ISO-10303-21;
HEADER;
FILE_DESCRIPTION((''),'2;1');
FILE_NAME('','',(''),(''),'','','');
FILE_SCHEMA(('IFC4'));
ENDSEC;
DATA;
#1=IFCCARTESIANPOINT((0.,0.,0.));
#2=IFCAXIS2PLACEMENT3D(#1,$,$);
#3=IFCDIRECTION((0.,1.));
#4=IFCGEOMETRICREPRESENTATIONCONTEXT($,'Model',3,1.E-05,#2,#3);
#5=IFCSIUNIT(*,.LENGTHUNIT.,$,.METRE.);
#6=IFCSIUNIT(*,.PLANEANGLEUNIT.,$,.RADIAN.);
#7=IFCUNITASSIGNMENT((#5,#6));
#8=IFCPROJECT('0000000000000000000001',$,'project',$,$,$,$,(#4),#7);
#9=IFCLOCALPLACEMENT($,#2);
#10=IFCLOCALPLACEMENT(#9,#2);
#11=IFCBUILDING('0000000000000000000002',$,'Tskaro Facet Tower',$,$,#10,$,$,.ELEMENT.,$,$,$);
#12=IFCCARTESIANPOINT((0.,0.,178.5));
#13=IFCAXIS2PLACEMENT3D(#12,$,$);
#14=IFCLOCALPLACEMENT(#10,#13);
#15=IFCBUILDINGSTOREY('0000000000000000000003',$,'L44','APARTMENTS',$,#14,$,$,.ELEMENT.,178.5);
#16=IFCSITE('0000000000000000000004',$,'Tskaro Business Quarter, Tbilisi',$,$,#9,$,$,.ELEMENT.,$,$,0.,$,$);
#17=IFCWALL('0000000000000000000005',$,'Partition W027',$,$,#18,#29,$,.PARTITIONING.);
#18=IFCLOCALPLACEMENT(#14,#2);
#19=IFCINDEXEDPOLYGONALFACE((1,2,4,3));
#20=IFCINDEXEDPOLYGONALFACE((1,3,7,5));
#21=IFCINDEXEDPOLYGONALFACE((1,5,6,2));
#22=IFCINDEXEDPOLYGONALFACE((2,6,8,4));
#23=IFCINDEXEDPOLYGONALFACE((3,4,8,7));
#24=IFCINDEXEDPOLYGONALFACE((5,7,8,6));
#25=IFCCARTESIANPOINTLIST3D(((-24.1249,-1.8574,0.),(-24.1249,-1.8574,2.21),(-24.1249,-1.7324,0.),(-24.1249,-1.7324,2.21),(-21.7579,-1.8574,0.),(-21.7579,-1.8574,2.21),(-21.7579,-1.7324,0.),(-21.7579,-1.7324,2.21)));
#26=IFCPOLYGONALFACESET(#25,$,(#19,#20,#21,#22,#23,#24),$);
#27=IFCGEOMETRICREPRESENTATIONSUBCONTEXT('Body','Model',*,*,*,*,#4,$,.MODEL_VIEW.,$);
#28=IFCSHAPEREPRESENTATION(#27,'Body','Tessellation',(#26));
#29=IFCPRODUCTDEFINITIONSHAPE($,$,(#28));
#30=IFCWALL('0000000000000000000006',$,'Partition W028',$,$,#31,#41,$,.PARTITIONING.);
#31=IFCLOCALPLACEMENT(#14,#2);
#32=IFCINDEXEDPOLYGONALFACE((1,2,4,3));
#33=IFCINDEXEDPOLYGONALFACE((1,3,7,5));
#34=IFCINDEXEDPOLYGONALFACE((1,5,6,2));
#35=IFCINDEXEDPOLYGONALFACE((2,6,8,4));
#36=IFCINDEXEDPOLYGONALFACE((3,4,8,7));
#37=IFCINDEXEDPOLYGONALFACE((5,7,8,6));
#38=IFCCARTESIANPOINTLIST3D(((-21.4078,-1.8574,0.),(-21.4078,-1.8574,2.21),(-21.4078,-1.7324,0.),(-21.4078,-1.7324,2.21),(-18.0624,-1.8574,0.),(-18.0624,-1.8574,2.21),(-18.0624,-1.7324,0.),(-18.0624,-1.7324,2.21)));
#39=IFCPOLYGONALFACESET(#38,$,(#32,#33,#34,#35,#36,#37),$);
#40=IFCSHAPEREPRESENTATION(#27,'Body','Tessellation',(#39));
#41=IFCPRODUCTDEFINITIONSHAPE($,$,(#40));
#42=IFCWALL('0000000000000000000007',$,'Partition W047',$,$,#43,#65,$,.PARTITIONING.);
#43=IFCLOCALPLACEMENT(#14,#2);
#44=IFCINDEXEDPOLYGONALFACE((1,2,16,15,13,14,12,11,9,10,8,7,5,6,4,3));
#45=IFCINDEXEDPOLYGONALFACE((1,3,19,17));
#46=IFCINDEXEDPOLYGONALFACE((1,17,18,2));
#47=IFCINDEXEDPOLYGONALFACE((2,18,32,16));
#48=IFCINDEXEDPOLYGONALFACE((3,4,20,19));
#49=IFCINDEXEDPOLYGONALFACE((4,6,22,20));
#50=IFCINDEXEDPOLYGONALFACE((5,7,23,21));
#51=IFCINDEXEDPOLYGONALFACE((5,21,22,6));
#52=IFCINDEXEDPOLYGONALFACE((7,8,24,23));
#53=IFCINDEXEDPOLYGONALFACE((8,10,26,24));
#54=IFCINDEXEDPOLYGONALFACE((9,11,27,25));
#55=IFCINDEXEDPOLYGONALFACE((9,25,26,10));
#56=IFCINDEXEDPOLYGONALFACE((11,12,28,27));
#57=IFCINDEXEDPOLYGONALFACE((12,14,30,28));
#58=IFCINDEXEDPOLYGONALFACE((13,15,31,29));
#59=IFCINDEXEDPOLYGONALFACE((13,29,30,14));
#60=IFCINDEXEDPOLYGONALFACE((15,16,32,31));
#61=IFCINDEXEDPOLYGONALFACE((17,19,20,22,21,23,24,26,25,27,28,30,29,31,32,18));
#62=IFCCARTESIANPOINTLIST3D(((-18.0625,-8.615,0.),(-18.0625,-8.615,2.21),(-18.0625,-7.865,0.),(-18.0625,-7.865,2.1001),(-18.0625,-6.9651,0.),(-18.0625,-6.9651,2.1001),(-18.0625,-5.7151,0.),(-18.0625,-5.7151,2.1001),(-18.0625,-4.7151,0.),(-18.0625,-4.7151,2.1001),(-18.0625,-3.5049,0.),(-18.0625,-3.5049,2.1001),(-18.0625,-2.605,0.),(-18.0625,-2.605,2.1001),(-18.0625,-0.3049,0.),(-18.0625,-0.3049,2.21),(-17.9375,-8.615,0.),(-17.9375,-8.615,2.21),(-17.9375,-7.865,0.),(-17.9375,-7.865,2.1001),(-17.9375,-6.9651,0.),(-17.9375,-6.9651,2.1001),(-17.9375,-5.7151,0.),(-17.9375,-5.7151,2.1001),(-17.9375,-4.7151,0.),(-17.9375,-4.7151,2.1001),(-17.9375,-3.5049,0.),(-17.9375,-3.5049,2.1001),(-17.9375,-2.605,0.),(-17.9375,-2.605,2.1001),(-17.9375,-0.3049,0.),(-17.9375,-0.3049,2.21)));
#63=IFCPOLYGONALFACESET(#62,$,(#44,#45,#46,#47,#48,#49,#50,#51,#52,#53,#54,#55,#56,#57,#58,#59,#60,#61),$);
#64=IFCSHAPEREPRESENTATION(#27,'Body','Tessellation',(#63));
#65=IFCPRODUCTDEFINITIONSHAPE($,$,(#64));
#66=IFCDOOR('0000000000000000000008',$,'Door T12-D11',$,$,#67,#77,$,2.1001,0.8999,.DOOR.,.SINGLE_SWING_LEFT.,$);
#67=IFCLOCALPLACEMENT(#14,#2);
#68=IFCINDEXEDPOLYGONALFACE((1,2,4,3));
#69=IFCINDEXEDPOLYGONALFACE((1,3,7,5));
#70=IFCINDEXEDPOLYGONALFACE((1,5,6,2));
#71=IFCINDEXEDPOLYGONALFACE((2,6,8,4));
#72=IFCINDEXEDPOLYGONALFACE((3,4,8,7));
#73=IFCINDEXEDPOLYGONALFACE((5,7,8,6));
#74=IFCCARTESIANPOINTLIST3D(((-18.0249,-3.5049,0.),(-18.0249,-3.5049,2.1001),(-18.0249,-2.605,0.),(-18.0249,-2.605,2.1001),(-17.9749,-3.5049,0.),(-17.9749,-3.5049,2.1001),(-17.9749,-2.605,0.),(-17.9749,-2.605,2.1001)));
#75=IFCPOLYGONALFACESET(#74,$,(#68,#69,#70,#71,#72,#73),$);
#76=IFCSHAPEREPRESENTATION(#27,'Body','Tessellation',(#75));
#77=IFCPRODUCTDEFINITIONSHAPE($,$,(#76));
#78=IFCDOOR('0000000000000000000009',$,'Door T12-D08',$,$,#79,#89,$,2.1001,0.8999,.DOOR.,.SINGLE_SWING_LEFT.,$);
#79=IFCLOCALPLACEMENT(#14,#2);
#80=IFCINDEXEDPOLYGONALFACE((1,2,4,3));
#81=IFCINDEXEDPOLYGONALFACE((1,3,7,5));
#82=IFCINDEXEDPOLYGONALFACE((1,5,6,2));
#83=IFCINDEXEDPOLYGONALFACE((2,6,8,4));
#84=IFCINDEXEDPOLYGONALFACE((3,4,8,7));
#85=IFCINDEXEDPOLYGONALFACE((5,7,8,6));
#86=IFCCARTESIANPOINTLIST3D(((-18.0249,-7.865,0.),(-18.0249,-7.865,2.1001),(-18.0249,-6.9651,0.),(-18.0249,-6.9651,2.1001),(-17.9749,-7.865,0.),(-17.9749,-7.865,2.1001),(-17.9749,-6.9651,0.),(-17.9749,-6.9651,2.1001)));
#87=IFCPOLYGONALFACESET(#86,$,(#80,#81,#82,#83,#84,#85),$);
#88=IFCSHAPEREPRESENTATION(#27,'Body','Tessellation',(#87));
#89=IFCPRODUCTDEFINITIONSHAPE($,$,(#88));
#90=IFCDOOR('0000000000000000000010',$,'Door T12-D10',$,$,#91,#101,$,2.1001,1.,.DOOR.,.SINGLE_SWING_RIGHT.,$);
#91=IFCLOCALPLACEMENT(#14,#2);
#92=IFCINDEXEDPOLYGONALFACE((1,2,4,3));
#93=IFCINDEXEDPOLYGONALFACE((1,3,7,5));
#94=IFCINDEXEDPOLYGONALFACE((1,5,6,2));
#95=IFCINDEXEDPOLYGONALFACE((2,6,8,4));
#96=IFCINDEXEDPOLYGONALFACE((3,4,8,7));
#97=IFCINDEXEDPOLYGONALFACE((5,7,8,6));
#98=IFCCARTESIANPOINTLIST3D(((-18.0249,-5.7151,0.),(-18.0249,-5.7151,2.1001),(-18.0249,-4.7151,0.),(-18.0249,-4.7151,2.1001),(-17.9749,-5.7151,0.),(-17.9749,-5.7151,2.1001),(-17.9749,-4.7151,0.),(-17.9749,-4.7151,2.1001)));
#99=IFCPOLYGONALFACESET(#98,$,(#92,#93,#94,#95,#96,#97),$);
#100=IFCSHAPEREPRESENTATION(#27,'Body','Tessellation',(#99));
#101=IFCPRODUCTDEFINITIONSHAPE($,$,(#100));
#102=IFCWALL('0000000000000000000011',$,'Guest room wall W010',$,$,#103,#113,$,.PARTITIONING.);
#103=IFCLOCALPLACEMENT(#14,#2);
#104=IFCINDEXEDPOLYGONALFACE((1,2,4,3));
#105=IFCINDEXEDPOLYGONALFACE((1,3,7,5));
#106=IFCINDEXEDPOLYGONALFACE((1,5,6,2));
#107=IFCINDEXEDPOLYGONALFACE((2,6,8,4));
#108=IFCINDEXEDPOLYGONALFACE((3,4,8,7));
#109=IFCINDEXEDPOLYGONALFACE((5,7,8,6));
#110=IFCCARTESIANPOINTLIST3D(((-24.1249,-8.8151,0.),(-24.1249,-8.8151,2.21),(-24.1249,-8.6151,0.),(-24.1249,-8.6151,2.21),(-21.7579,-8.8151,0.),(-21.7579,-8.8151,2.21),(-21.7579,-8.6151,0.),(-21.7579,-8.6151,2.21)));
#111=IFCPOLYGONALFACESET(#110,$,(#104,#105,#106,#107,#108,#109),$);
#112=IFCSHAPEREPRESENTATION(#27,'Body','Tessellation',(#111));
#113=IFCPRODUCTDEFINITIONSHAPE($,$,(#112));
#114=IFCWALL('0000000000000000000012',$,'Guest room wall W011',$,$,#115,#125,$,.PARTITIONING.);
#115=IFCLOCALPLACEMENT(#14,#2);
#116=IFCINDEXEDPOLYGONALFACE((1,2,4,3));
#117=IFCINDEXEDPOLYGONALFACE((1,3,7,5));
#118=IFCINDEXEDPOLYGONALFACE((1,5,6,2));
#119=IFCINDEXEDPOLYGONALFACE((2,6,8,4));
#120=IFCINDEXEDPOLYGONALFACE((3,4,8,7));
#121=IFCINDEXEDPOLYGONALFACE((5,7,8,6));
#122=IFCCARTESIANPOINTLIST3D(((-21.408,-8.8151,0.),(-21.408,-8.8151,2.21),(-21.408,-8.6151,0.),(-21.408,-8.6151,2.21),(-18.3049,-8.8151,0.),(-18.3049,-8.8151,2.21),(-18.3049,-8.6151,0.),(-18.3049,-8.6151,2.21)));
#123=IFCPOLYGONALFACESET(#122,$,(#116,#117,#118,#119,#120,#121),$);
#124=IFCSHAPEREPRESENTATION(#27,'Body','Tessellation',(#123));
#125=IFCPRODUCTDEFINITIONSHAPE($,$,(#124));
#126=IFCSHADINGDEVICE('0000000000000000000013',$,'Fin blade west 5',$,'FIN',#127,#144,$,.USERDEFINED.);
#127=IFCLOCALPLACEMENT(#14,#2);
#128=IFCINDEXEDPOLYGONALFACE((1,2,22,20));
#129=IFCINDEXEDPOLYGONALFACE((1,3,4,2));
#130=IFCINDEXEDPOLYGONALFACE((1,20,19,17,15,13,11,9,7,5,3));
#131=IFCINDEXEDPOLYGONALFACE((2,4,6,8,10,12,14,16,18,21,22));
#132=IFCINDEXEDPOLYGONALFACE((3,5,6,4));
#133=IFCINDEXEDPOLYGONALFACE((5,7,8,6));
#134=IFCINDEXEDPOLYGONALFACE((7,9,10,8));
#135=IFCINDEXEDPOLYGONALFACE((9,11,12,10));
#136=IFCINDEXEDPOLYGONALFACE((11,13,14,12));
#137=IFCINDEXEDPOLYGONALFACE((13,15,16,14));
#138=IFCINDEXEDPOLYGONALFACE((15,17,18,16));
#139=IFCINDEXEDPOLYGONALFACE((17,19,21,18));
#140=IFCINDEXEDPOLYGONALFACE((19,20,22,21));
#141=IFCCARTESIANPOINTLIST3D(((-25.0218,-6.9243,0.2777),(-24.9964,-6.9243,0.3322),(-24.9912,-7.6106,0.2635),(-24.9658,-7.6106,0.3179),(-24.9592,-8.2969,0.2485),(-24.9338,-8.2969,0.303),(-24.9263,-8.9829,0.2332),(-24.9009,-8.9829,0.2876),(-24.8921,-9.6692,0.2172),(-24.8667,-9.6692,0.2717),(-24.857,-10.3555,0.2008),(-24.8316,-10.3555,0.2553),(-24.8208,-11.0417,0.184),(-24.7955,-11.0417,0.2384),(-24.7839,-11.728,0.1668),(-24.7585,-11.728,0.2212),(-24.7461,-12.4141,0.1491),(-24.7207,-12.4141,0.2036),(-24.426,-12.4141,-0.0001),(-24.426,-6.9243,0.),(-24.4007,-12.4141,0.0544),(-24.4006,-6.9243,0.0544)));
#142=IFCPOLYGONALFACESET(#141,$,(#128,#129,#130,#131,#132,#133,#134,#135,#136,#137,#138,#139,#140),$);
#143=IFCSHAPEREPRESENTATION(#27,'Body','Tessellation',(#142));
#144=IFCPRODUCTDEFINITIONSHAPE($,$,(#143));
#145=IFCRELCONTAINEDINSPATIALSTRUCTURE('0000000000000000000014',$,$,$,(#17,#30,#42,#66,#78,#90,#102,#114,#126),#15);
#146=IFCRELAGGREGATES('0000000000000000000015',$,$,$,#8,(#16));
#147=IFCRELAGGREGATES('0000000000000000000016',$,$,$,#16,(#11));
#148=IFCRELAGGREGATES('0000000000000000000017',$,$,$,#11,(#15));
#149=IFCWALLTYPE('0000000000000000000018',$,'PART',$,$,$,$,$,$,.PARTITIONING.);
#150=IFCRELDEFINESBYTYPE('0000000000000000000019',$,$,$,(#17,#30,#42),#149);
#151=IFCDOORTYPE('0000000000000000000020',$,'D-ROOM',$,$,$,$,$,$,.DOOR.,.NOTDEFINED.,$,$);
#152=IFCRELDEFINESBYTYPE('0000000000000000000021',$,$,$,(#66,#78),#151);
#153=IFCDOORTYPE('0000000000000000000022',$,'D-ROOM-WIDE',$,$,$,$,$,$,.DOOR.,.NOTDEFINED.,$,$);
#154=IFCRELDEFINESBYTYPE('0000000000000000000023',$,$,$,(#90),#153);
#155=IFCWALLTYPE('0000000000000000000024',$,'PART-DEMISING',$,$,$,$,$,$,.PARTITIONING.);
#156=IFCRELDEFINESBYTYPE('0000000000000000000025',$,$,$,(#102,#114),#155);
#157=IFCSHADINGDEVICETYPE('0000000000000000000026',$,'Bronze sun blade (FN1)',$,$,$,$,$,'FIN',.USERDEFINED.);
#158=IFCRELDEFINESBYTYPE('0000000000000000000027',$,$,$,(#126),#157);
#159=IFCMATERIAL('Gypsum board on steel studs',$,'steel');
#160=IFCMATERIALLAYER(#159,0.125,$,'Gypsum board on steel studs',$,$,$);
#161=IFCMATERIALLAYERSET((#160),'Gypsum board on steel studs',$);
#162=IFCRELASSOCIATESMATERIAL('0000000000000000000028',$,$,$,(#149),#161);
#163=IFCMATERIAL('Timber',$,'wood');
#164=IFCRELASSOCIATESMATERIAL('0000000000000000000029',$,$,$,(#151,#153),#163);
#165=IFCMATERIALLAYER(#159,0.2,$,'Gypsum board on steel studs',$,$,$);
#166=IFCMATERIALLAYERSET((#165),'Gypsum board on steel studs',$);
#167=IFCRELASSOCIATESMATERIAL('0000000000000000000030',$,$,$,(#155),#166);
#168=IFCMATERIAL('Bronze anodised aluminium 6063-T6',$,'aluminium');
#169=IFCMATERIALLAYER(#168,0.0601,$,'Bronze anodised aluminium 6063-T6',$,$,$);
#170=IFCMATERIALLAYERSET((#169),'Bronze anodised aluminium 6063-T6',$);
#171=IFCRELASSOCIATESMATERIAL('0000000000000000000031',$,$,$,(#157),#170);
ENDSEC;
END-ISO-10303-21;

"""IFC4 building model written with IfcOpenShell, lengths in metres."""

from ifc_helpers import new_model, si_unit, direction, frame, frame_2d, origin, place, context, subcontext, project, spatial, polyline, rectangle, outline, extrude, material, layer, layer_set, type_object, element, fill, save


model = new_model("IFC4")

# Units and contexts
model_context = context("Model", 3, precision=1e-05, world=origin(), true_north=direction((0.0, 1.0)))
body_context = subcontext(model_context, "Body", "Model", "MODEL_VIEW")
ifc_project = project(units=[si_unit("LENGTHUNIT", "METRE"), si_unit("PLANEANGLEUNIT", "RADIAN")], contexts=[model_context])

# Site, building, storey
site_placement = place(None, origin())
site = spatial("IfcSite", under=ifc_project, at=site_placement, Name="Tskaro Business Quarter, Tbilisi", CompositionType="ELEMENT", RefElevation=0.0)
building_placement = place(site_placement, origin())
building = spatial("IfcBuilding", under=site, at=building_placement, Name="Tskaro Facet Tower", CompositionType="ELEMENT")
storey_placement = place(building_placement, frame((0.0, 0.0, 178.5)))
storey = spatial("IfcBuildingStorey", under=building, at=storey_placement, Name="L44", Description="APARTMENTS", CompositionType="ELEMENT", Elevation=178.5)

# Shared definitions
ifc_material_1 = material(Name="Bronze anodised aluminium 6063-T6", Category="aluminium")

# Walls
ifc_material_2 = material(Name="Gypsum board on steel studs", Category="steel")
ifc_layer_1 = layer(ifc_material_2, 0.125, Name="Gypsum board on steel studs")
ifc_layer_set_1 = layer_set([ifc_layer_1], Name="Gypsum board on steel studs")
wall_type_1 = type_object("IfcWallType", Name="PART", PredefinedType="PARTITIONING", material=ifc_layer_set_1)
wall_1_placement = place(storey_placement, frame((-24.125, -1.7949, 0.0), z_axis=(0.0, 0.0, 1.0), x_axis=(1.0, 0.0, 0.0)))
element("IfcWall", 1, at=wall_1_placement, inside=storey, type_object=wall_type_1, Name="Partition W027", PredefinedType="PARTITIONING", context=body_context, shape_type="SweptSolid", body=[
    extrude(rectangle(XDim=2.3669, YDim=0.125, at=frame_2d((1.1836, 0.0))), origin(), (0.0, 0.0, 1.0), 2.21),
])
wall_2_placement = place(storey_placement, frame((-21.408, -1.7949, 0.0), z_axis=(0.0, 0.0, 1.0), x_axis=(1.0, 0.0, 0.0)))
element("IfcWall", 2, at=wall_2_placement, inside=storey, type_object=wall_type_1, Name="Partition W028", PredefinedType="PARTITIONING", context=body_context, shape_type="SweptSolid", body=[
    extrude(rectangle(XDim=3.3455, YDim=0.125, at=frame_2d((1.6729, 0.0))), origin(), (0.0, 0.0, 1.0), 2.21),
])

# Wall, openings, doors
wall_3_placement = place(storey_placement, frame((-18.0, -8.615, 0.0), z_axis=(0.0, 0.0, 1.0), x_axis=(0.0, 1.0, 0.0)))
wall_3 = element("IfcWall", 3, at=wall_3_placement, inside=storey, type_object=wall_type_1, Name="Partition W047", PredefinedType="PARTITIONING", context=body_context, shape_type="SweptSolid", body=[
    extrude(rectangle(XDim=8.3101, YDim=0.125, at=frame_2d((4.155, 0.0))), origin(), (0.0, 0.0, 1.0), 2.21),
])
opening_1_placement = place(wall_3_placement, frame((5.1101, 0.0, 0.0)))
opening_1 = element("IfcOpeningElement", 4, at=opening_1_placement, cuts=wall_3, PredefinedType="OPENING", context=body_context, shape_type="SweptSolid", body=[
    extrude(rectangle(XDim=0.8999, YDim=2.1001, at=frame_2d((0.45, 1.05))), frame((0.0, 0.0725, 0.0), z_axis=(0.0, -1.0, 0.0), x_axis=(1.0, 0.0, 0.0)), (0.0, 0.0, 1.0), 0.145),
])
opening_2_placement = place(wall_3_placement, frame((2.8999, 0.0, 0.0)))
opening_2 = element("IfcOpeningElement", 5, at=opening_2_placement, cuts=wall_3, PredefinedType="OPENING", context=body_context, shape_type="SweptSolid", body=[
    extrude(rectangle(XDim=1.0, YDim=2.1001, at=frame_2d((0.5, 1.05))), frame((0.0, 0.0725, 0.0), z_axis=(0.0, -1.0, 0.0), x_axis=(1.0, 0.0, 0.0)), (0.0, 0.0, 1.0), 0.145),
])
opening_3_placement = place(wall_3_placement, frame((0.75, 0.0, 0.0)))
opening_3 = element("IfcOpeningElement", 6, at=opening_3_placement, cuts=wall_3, PredefinedType="OPENING", context=body_context, shape_type="SweptSolid", body=[
    extrude(rectangle(XDim=0.8999, YDim=2.1001, at=frame_2d((0.45, 1.05))), frame((0.0, 0.0725, 0.0), z_axis=(0.0, -1.0, 0.0), x_axis=(1.0, 0.0, 0.0)), (0.0, 0.0, 1.0), 0.145),
])
ifc_material_3 = material(Name="Timber", Category="wood")
door_type_1 = type_object("IfcDoorType", Name="D-ROOM", OperationType="NOTDEFINED", PredefinedType="DOOR", material=ifc_material_3)
door_1_placement = place(opening_1_placement, origin())
door_1 = element("IfcDoor", 7, at=door_1_placement, inside=storey, type_object=door_type_1, Name="Door T12-D11", OperationType="SINGLE_SWING_LEFT", OverallHeight=2.1001, OverallWidth=0.8999, PredefinedType="DOOR", context=body_context, shape_type="SweptSolid", body=[
    extrude(rectangle(XDim=0.8999, YDim=2.1001, at=frame_2d((0.45, 1.05))), frame((0.0, 0.0249, 0.0), z_axis=(0.0, -1.0, 0.0), x_axis=(1.0, 0.0, 0.0)), (0.0, 0.0, 1.0), 0.05),
])
fill(opening_1, door_1)
door_2_placement = place(opening_3_placement, origin())
door_2 = element("IfcDoor", 8, at=door_2_placement, inside=storey, type_object=door_type_1, Name="Door T12-D08", OperationType="SINGLE_SWING_LEFT", OverallHeight=2.1001, OverallWidth=0.8999, PredefinedType="DOOR", context=body_context, shape_type="SweptSolid", body=[
    extrude(rectangle(XDim=0.8999, YDim=2.1001, at=frame_2d((0.45, 1.05))), frame((0.0, 0.0249, 0.0), z_axis=(0.0, -1.0, 0.0), x_axis=(1.0, 0.0, 0.0)), (0.0, 0.0, 1.0), 0.05),
])
fill(opening_3, door_2)
door_type_2 = type_object("IfcDoorType", Name="D-ROOM-WIDE", OperationType="NOTDEFINED", PredefinedType="DOOR", material=ifc_material_3)
door_3_placement = place(opening_2_placement, origin())
door_3 = element("IfcDoor", 9, at=door_3_placement, inside=storey, type_object=door_type_2, Name="Door T12-D10", OperationType="SINGLE_SWING_RIGHT", OverallHeight=2.1001, OverallWidth=1.0, PredefinedType="DOOR", context=body_context, shape_type="SweptSolid", body=[
    extrude(rectangle(XDim=1.0, YDim=2.1001, at=frame_2d((0.5, 1.05))), frame((0.0, 0.0249, 0.0), z_axis=(0.0, -1.0, 0.0), x_axis=(1.0, 0.0, 0.0)), (0.0, 0.0, 1.0), 0.05),
])
fill(opening_2, door_3)

# Walls
ifc_layer_2 = layer(ifc_material_2, 0.2, Name="Gypsum board on steel studs")
ifc_layer_set_2 = layer_set([ifc_layer_2], Name="Gypsum board on steel studs")
wall_type_2 = type_object("IfcWallType", Name="PART-DEMISING", PredefinedType="PARTITIONING", material=ifc_layer_set_2)
wall_4_placement = place(storey_placement, frame((-24.125, -8.7151, 0.0), z_axis=(0.0, 0.0, 1.0), x_axis=(1.0, 0.0, 0.0)))
element("IfcWall", 10, at=wall_4_placement, inside=storey, type_object=wall_type_2, Name="Guest room wall W010", PredefinedType="PARTITIONING", context=body_context, shape_type="SweptSolid", body=[
    extrude(rectangle(XDim=2.3669, YDim=0.2, at=frame_2d((1.1836, 0.0))), origin(), (0.0, 0.0, 1.0), 2.21),
])
wall_5_placement = place(storey_placement, frame((-21.408, -8.7151, 0.0), z_axis=(0.0, 0.0, 1.0), x_axis=(1.0, 0.0, 0.0)))
element("IfcWall", 11, at=wall_5_placement, inside=storey, type_object=wall_type_2, Name="Guest room wall W011", PredefinedType="PARTITIONING", context=body_context, shape_type="SweptSolid", body=[
    extrude(rectangle(XDim=3.103, YDim=0.2, at=frame_2d((1.5515, 0.0))), origin(), (0.0, 0.0, 1.0), 2.21),
])

# Shading device
ifc_layer_3 = layer(ifc_material_1, 0.0601, Name="Bronze anodised aluminium 6063-T6")
ifc_layer_set_3 = layer_set([ifc_layer_3], Name="Bronze anodised aluminium 6063-T6")
shading_device_type = type_object("IfcShadingDeviceType", Name="Bronze sun blade (FN1)", ElementType="FIN", PredefinedType="USERDEFINED", material=ifc_layer_set_3)
shading_device_placement = place(storey_placement, frame((-24.4006, -6.9243, 0.0544), z_axis=(0.422506, -0.000017, 0.90636), x_axis=(-0.000007, -1.0, -0.000015)))
element("IfcShadingDevice", 12, at=shading_device_placement, inside=storey, type_object=shading_device_type, Name="Fin blade west 5", ObjectType="FIN", PredefinedType="USERDEFINED", context=body_context, shape_type="SweptSolid", body=[
    extrude(outline(polyline([(0.0, 0.0), (5.4897, 0.0), (5.4897, -0.3531), (4.8037, -0.3948), (4.1174, -0.4356), (3.4312, -0.4755), (2.7449, -0.5142), (2.0586, -0.5519), (1.3726, -0.5883), (0.6863, -0.6236), (0.0, -0.6573), (0.0, 0.0)])), origin(), (0.0, 0.0, -1.0), 0.0601),
])

save(model, "model.ifc")
